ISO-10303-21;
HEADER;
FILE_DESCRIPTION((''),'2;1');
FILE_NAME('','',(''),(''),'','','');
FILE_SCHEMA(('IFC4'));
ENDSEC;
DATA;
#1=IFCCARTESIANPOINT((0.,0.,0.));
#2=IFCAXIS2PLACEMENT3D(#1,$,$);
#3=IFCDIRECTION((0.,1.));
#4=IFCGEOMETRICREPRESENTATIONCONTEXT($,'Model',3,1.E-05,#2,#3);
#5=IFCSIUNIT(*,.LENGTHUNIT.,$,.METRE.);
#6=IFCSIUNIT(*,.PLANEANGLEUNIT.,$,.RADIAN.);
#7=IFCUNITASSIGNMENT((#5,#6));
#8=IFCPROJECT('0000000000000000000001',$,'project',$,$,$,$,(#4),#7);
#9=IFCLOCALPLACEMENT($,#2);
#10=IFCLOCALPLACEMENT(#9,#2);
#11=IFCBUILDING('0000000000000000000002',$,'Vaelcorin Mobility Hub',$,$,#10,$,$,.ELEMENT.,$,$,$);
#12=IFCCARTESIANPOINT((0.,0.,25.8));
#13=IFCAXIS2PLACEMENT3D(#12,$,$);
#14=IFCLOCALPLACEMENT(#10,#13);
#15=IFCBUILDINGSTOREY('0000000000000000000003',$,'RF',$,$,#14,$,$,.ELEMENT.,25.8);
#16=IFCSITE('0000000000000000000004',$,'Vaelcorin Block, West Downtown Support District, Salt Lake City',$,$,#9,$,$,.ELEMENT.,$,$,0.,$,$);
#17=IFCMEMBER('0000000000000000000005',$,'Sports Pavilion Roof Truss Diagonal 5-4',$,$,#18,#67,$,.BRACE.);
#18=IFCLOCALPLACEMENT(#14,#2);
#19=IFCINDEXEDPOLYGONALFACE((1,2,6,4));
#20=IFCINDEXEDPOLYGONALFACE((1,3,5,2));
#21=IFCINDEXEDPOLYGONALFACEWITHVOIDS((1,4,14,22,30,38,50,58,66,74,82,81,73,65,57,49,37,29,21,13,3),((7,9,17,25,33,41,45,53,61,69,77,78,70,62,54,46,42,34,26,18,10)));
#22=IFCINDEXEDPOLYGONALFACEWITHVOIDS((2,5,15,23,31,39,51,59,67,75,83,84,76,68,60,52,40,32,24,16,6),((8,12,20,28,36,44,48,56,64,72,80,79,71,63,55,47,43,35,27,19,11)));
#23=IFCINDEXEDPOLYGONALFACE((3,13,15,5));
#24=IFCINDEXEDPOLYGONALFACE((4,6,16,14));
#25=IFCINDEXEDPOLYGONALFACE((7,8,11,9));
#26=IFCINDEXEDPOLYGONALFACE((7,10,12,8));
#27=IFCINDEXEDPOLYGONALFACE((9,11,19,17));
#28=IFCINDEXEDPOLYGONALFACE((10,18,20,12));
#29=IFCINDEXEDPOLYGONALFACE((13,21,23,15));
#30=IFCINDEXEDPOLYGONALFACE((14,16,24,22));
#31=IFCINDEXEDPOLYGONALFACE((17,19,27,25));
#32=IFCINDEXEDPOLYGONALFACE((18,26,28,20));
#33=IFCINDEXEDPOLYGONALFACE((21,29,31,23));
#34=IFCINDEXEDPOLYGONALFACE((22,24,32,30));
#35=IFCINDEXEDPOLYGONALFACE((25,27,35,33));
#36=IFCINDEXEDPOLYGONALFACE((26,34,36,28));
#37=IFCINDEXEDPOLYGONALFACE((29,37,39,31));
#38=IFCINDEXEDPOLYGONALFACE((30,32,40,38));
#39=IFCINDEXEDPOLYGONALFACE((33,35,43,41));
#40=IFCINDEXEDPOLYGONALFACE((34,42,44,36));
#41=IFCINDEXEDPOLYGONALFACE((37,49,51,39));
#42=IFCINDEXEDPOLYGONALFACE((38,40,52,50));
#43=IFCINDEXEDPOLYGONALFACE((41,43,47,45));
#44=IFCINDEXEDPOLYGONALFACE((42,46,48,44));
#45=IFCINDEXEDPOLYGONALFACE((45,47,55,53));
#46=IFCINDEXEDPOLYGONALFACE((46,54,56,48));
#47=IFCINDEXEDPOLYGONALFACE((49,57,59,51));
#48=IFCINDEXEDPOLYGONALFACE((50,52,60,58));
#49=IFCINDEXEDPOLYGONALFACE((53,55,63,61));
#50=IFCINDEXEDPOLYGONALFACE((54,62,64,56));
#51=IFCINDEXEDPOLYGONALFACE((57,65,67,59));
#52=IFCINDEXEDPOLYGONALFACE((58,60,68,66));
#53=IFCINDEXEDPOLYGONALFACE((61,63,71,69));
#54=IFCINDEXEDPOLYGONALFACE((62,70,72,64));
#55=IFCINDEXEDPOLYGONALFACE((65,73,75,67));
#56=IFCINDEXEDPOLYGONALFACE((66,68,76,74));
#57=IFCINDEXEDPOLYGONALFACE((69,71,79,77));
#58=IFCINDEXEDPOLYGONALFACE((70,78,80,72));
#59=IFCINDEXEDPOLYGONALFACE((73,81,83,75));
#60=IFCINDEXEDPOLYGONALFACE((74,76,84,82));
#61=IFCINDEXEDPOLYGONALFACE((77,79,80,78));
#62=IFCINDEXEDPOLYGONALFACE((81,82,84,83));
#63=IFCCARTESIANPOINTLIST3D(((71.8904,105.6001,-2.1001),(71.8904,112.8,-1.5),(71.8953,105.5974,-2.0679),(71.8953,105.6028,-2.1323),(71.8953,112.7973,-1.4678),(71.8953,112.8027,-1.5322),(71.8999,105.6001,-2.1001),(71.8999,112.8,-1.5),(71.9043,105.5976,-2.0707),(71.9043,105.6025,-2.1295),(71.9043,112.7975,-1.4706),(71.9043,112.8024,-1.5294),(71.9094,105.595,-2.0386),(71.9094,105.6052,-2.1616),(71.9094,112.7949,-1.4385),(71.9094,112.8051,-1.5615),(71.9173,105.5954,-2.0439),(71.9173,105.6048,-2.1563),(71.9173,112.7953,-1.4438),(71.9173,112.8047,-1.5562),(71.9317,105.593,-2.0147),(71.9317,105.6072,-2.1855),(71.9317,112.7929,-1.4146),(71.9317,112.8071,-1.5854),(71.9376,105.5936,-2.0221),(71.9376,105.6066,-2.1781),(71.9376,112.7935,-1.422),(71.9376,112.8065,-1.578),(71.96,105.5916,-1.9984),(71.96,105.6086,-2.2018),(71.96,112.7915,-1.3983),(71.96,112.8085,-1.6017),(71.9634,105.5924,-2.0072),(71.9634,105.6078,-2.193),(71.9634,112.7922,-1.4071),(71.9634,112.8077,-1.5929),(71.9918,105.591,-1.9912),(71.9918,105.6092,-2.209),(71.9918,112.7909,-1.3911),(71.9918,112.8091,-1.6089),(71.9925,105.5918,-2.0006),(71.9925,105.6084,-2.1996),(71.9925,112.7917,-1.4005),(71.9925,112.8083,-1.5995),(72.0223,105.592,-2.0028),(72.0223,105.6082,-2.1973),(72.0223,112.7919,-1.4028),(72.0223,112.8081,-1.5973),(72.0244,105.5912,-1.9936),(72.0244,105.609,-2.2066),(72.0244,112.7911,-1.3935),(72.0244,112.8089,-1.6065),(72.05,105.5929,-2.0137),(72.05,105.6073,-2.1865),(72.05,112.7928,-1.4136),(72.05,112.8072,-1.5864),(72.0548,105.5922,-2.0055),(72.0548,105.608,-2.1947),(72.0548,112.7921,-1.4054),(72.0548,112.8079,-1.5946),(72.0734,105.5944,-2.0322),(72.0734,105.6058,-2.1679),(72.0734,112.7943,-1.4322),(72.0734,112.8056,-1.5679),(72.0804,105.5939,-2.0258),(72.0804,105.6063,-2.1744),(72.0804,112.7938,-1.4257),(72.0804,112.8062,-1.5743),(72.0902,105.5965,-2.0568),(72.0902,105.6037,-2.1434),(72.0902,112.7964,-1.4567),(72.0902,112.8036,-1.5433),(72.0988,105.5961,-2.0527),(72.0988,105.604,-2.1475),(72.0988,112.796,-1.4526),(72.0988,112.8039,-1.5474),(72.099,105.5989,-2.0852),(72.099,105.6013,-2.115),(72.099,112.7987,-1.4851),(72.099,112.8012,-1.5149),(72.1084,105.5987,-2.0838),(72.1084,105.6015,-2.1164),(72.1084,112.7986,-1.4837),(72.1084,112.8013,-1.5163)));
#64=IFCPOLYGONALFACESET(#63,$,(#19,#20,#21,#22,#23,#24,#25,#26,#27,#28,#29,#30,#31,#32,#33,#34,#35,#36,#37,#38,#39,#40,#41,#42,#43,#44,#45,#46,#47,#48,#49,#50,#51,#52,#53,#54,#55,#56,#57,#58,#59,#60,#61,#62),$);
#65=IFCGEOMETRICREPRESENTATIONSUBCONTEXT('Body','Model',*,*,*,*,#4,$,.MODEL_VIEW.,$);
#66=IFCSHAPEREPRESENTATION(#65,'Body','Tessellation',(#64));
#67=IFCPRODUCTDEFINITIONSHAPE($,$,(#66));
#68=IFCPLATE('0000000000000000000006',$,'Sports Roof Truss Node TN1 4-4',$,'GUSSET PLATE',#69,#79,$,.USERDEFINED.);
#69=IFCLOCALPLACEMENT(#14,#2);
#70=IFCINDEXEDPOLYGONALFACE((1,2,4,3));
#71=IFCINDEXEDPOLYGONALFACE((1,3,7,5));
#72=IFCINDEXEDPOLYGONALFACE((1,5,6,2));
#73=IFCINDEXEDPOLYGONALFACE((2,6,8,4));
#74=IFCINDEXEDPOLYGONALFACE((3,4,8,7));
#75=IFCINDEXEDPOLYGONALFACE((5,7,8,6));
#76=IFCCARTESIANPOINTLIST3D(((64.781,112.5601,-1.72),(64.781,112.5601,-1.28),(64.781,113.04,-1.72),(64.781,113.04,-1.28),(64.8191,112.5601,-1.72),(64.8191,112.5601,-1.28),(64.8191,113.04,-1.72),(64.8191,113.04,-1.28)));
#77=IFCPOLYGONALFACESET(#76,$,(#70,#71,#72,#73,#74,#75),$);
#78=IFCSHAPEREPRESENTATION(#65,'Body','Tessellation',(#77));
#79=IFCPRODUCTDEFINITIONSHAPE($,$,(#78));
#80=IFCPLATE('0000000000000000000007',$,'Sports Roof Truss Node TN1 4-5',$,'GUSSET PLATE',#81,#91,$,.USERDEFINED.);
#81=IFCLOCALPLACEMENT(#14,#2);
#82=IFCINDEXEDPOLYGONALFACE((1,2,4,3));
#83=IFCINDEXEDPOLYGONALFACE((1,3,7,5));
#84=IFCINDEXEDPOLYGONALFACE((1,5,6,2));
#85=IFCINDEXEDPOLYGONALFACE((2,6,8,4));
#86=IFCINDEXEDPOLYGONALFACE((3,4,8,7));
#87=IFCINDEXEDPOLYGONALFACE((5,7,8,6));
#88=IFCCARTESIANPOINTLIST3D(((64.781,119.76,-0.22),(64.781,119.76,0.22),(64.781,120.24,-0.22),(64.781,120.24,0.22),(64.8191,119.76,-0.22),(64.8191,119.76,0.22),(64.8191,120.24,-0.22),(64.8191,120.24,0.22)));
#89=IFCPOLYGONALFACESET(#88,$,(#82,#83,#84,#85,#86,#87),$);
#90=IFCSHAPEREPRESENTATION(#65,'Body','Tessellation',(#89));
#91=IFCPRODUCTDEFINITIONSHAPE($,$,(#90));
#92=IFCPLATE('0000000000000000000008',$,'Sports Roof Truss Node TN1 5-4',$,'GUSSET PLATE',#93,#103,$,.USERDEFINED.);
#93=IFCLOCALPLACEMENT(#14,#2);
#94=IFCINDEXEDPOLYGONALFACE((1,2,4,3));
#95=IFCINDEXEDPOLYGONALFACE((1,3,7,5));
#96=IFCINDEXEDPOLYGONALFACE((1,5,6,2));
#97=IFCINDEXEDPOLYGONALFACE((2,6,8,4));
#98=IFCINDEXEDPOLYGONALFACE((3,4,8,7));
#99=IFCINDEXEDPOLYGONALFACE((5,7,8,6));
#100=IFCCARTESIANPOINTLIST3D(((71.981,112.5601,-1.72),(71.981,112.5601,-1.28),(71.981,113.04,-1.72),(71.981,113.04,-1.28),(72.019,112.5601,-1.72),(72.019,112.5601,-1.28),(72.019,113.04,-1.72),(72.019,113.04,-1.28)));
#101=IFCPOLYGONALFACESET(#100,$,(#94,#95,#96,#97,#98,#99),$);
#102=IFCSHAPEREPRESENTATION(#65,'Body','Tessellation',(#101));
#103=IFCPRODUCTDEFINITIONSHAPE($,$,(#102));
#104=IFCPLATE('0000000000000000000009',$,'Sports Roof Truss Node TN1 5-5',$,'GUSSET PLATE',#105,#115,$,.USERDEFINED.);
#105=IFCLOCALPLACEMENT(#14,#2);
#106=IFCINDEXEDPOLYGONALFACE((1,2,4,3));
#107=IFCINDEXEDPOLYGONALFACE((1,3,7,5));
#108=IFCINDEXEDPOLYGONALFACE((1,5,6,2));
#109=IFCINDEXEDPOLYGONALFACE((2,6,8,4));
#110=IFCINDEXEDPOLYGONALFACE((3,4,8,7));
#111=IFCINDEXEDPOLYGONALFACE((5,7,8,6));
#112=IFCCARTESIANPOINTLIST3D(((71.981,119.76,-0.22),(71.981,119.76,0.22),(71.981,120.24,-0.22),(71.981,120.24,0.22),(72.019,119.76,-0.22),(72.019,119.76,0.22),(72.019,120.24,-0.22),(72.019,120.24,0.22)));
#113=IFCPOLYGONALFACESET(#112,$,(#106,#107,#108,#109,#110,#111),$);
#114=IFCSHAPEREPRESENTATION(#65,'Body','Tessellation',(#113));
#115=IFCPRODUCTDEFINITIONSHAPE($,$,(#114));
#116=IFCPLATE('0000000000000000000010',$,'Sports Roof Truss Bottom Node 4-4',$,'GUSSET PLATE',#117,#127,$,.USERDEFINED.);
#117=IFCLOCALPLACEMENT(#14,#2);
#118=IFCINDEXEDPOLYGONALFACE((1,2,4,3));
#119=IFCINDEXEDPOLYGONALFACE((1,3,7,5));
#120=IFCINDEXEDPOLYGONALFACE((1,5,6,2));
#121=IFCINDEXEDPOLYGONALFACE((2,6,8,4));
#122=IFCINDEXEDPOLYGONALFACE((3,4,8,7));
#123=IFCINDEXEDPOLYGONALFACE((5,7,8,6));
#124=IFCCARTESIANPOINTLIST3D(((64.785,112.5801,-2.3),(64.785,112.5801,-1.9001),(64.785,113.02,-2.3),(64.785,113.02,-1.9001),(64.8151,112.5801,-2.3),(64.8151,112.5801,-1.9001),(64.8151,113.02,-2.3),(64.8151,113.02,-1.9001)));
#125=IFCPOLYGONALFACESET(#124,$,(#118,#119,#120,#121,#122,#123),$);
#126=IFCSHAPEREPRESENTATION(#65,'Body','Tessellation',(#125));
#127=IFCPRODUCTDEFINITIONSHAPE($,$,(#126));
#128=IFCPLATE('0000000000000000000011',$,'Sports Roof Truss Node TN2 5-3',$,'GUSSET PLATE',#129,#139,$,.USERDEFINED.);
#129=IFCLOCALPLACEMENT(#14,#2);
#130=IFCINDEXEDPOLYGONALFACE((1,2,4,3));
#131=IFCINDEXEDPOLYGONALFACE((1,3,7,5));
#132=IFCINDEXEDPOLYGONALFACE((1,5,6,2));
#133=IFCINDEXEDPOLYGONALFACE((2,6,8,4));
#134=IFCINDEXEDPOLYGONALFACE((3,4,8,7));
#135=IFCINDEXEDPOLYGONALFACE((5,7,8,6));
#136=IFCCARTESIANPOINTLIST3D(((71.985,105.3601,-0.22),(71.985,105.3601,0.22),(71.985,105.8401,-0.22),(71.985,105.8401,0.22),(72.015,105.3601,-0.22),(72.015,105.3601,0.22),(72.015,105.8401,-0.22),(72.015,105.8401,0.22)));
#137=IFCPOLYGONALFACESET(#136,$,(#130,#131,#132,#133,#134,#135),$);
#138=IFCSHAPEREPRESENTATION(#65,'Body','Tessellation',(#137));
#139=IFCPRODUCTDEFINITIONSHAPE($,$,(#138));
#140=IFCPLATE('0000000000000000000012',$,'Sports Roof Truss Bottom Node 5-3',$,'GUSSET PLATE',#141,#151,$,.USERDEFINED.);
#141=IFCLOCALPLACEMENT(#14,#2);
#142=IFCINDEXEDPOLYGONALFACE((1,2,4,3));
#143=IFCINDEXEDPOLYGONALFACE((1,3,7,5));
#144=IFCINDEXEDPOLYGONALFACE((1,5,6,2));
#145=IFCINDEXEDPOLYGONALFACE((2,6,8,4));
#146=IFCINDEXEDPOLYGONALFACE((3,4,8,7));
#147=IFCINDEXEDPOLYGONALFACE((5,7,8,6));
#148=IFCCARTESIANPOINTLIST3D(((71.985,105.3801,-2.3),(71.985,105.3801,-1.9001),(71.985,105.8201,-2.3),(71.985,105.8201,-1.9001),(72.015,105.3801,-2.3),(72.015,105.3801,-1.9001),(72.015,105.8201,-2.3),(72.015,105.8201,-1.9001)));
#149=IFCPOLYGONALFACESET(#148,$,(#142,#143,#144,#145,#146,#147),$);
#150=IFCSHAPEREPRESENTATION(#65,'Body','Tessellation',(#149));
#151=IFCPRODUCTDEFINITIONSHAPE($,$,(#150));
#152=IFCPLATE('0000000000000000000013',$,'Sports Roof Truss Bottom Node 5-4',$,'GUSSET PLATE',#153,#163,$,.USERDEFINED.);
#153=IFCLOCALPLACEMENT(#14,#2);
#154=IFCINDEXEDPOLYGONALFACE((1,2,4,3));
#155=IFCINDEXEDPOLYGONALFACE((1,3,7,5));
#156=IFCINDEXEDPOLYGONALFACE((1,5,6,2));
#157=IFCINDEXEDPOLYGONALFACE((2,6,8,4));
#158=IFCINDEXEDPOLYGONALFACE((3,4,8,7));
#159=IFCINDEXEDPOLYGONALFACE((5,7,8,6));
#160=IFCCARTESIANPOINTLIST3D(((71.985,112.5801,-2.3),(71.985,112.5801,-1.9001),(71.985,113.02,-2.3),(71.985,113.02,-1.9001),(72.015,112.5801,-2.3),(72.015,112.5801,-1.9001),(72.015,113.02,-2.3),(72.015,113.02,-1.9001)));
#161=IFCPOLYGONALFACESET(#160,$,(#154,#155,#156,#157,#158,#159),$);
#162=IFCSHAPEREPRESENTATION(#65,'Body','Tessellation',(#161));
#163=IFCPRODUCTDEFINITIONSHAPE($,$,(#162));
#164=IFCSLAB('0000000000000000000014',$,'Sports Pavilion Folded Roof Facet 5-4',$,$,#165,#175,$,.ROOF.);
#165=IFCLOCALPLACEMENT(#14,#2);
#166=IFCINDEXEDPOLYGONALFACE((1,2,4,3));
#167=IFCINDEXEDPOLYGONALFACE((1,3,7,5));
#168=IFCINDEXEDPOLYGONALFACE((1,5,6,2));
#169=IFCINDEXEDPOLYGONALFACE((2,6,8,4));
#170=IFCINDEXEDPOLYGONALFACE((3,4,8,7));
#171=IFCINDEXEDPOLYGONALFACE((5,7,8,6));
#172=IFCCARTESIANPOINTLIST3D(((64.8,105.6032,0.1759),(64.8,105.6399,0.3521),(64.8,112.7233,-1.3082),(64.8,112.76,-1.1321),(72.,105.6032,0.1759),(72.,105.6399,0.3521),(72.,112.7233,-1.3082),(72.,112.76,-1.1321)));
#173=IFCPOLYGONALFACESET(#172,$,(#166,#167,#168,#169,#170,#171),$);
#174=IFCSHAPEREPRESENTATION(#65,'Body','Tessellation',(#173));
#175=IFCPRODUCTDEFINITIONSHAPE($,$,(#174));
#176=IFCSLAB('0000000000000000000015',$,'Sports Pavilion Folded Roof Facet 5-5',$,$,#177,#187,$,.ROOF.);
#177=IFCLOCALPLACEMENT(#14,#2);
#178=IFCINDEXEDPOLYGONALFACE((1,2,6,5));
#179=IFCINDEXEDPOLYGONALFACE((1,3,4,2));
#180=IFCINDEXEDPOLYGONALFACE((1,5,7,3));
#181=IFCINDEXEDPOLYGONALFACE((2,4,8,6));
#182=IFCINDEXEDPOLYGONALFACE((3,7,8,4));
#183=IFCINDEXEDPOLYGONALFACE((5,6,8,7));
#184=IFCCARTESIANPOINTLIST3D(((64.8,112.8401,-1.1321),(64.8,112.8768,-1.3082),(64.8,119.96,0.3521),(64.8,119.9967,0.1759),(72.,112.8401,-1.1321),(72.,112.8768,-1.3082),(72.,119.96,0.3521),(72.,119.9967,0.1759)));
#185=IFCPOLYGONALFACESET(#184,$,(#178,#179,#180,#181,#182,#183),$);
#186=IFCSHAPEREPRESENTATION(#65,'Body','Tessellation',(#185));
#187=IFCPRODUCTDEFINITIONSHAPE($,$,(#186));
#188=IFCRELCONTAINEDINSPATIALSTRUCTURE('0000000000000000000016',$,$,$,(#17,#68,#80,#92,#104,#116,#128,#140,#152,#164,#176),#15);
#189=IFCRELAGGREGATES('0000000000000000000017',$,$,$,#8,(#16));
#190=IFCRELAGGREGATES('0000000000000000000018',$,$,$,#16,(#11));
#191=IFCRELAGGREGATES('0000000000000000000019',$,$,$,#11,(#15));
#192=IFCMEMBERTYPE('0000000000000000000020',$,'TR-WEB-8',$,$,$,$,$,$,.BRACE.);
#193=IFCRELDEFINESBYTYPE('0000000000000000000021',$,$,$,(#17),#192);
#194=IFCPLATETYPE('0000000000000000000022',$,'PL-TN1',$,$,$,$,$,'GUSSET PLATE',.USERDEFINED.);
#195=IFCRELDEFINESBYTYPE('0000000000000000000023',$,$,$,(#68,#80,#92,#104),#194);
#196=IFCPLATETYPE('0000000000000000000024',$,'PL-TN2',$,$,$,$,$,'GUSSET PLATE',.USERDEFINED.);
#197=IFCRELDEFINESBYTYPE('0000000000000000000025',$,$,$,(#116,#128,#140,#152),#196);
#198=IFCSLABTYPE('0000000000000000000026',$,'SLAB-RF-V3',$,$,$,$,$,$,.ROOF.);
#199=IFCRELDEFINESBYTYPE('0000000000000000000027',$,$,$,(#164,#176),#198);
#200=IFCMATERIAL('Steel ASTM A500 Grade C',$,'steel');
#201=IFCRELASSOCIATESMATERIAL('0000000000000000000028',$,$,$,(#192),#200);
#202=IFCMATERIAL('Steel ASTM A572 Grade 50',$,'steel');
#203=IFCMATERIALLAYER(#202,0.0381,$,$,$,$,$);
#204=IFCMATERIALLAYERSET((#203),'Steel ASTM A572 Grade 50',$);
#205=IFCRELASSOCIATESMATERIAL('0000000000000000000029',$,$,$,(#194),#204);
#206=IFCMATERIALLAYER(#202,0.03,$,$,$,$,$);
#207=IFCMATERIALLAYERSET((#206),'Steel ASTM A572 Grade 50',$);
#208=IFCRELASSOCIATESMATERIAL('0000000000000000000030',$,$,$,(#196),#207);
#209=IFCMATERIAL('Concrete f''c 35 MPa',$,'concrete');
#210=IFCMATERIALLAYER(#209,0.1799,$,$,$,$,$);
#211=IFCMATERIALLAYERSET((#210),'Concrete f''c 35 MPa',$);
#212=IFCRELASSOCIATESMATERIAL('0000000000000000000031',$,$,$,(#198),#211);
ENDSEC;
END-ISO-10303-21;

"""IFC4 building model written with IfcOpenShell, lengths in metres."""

from ifc_helpers import new_model, si_unit, direction, frame, origin, origin_2d, place, context, subcontext, project, spatial, polyline, rectangle, hollow_circle, outline, extrude, material, layer, layer_set, material_profile, profile_set, type_object, element, save


model = new_model("IFC4")

# Units and contexts
model_context = context("Model", 3, precision=1e-05, world=origin(), true_north=direction((0.0, 1.0)))
body_context = subcontext(model_context, "Body", "Model", "MODEL_VIEW")
ifc_project = project(units=[si_unit("LENGTHUNIT", "METRE"), si_unit("PLANEANGLEUNIT", "RADIAN")], contexts=[model_context])

# Site, building, storey
site_placement = place(None, origin())
site = spatial("IfcSite", under=ifc_project, at=site_placement, Name="Vaelcorin Block, West Downtown Support District, Salt Lake City", CompositionType="ELEMENT", RefElevation=0.0)
building_placement = place(site_placement, origin())
building = spatial("IfcBuilding", under=site, at=building_placement, Name="Vaelcorin Mobility Hub", CompositionType="ELEMENT")
storey_placement = place(building_placement, frame((0.0, 0.0, 25.8)))
storey = spatial("IfcBuildingStorey", under=building, at=storey_placement, Name="RF", CompositionType="ELEMENT", Elevation=25.8)

# Shared definitions
ifc_material_1 = material(Name="Steel ASTM A500 Grade C", Category="steel")

# Member
ifc_material_profile_1 = material_profile(ifc_material_1, hollow_circle(Radius=0.1096, WallThickness=0.0095, at=origin_2d()), Name="HSS8.625X0.375")
ifc_profile_set_1 = profile_set([ifc_material_profile_1], Name="Steel ASTM A500 Grade C")
member_type_1 = type_object("IfcMemberType", Name="TR-WEB-8", PredefinedType="BRACE", material=ifc_profile_set_1)
member_1_placement = place(storey_placement, frame((72.0, 105.6001, -2.1001), z_axis=(0.0, 0.996545, 0.083059), x_axis=(-1.0, 0.0, 0.0)))
element("IfcMember", 1, at=member_1_placement, inside=storey, type_object=member_type_1, Name="Sports Pavilion Roof Truss Diagonal 5-4", PredefinedType="BRACE", context=body_context, shape_type="SweptSolid", body=[
    extrude(hollow_circle(Radius=0.1096, WallThickness=0.0095, at=origin_2d()), origin(), (0.0, 0.0, 1.0), 7.2249),
])

# Plates
ifc_material_2 = material(Name="Steel ASTM A572 Grade 50", Category="steel")
ifc_layer_1 = layer(ifc_material_2, 0.0381)
ifc_layer_set_1 = layer_set([ifc_layer_1], Name="Steel ASTM A572 Grade 50")
plate_type_1 = type_object("IfcPlateType", Name="PL-TN1", ElementType="GUSSET PLATE", PredefinedType="USERDEFINED", material=ifc_layer_set_1)
for number, where, z_axis, x_axis, name in (
    (2, (64.8, 112.8, -1.72), (0.0, 0.0, 1.0), (1.0, 0.0, 0.0), "Sports Roof Truss Node TN1 4-4"),
    (3, (64.8, 120.0, -0.22), (0.0, 0.0, 1.0), (1.0, 0.0, 0.0), "Sports Roof Truss Node TN1 4-5"),
    (4, (72.0, 112.8, -1.72), (0.0, 0.0, 1.0), (1.0, 0.0, 0.0), "Sports Roof Truss Node TN1 5-4"),
    (5, (72.0, 120.0, -0.22), (0.0, 0.0, 1.0), (1.0, 0.0, 0.0), "Sports Roof Truss Node TN1 5-5"),
):
    element("IfcPlate", number, at=place(storey_placement, frame(where, z_axis=z_axis, x_axis=x_axis)), inside=storey, type_object=plate_type_1, Name=name, ObjectType="GUSSET PLATE", PredefinedType="USERDEFINED", context=body_context, shape_type="SweptSolid", body=[
        extrude(rectangle(XDim=0.0381, YDim=0.48, at=origin_2d()), origin(), (0.0, 0.0, 1.0), 0.4399),
    ])
ifc_layer_2 = layer(ifc_material_2, 0.03)
ifc_layer_set_2 = layer_set([ifc_layer_2], Name="Steel ASTM A572 Grade 50")
plate_type_2 = type_object("IfcPlateType", Name="PL-TN2", ElementType="GUSSET PLATE", PredefinedType="USERDEFINED", material=ifc_layer_set_2)
plate_1_placement = place(storey_placement, frame((64.8, 112.8, -2.3), z_axis=(0.0, 0.0, 1.0), x_axis=(1.0, 0.0, 0.0)))
element("IfcPlate", 6, at=plate_1_placement, inside=storey, type_object=plate_type_2, Name="Sports Roof Truss Bottom Node 4-4", ObjectType="GUSSET PLATE", PredefinedType="USERDEFINED", context=body_context, shape_type="SweptSolid", body=[
    extrude(rectangle(XDim=0.03, YDim=0.4399, at=origin_2d()), origin(), (0.0, 0.0, 1.0), 0.3999),
])
plate_2_placement = place(storey_placement, frame((72.0, 105.6001, -0.22), z_axis=(0.0, 0.0, 1.0), x_axis=(1.0, 0.0, 0.0)))
element("IfcPlate", 7, at=plate_2_placement, inside=storey, type_object=plate_type_2, Name="Sports Roof Truss Node TN2 5-3", ObjectType="GUSSET PLATE", PredefinedType="USERDEFINED", context=body_context, shape_type="SweptSolid", body=[
    extrude(rectangle(XDim=0.03, YDim=0.48, at=origin_2d()), origin(), (0.0, 0.0, 1.0), 0.4399),
])
for number, where, z_axis, x_axis, name in (
    (8, (72.0, 105.6001, -2.3), (0.0, 0.0, 1.0), (1.0, 0.0, 0.0), "Sports Roof Truss Bottom Node 5-3"),
    (9, (72.0, 112.8, -2.3), (0.0, 0.0, 1.0), (1.0, 0.0, 0.0), "Sports Roof Truss Bottom Node 5-4"),
):
    element("IfcPlate", number, at=place(storey_placement, frame(where, z_axis=z_axis, x_axis=x_axis)), inside=storey, type_object=plate_type_2, Name=name, ObjectType="GUSSET PLATE", PredefinedType="USERDEFINED", context=body_context, shape_type="SweptSolid", body=[
        extrude(rectangle(XDim=0.03, YDim=0.4399, at=origin_2d()), origin(), (0.0, 0.0, 1.0), 0.3999),
    ])

# Slabs
ifc_material_3 = material(Name="Concrete f'c 35 MPa", Category="concrete")
ifc_layer_3 = layer(ifc_material_3, 0.1799)
ifc_layer_set_3 = layer_set([ifc_layer_3], Name="Concrete f'c 35 MPa")
slab_type = type_object("IfcSlabType", Name="SLAB-RF-V3", PredefinedType="ROOF", material=ifc_layer_set_3)
slab_1_placement = place(storey_placement, frame((64.8, 105.6399, 0.3521), z_axis=(0.0, 0.204056, 0.978959), x_axis=(1.0, 0.0, 0.0)))
element("IfcSlab", 10, at=slab_1_placement, inside=storey, type_object=slab_type, Name="Sports Pavilion Folded Roof Facet 5-4", PredefinedType="ROOF", context=body_context, shape_type="SweptSolid", body=[
    extrude(outline(polyline([(0.0, 0.0), (7.2, 0.0), (7.2, 7.2732), (0.0, 7.2732), (0.0, 0.0)])), origin(), (0.0, 0.0, -1.0), 0.1799),
])
slab_2_placement = place(storey_placement, frame((64.8, 112.8401, -1.1321), z_axis=(0.0, -0.204063, 0.978958), x_axis=(1.0, 0.0, 0.0)))
element("IfcSlab", 11, at=slab_2_placement, inside=storey, type_object=slab_type, Name="Sports Pavilion Folded Roof Facet 5-5", PredefinedType="ROOF", context=body_context, shape_type="SweptSolid", body=[
    extrude(outline(polyline([(0.0, 0.0), (7.2, 0.0), (7.2, 7.2729), (0.0, 7.2729), (0.0, 0.0)])), origin(), (0.0, 0.0, -1.0), 0.1799),
])

save(model, "model.ifc")
